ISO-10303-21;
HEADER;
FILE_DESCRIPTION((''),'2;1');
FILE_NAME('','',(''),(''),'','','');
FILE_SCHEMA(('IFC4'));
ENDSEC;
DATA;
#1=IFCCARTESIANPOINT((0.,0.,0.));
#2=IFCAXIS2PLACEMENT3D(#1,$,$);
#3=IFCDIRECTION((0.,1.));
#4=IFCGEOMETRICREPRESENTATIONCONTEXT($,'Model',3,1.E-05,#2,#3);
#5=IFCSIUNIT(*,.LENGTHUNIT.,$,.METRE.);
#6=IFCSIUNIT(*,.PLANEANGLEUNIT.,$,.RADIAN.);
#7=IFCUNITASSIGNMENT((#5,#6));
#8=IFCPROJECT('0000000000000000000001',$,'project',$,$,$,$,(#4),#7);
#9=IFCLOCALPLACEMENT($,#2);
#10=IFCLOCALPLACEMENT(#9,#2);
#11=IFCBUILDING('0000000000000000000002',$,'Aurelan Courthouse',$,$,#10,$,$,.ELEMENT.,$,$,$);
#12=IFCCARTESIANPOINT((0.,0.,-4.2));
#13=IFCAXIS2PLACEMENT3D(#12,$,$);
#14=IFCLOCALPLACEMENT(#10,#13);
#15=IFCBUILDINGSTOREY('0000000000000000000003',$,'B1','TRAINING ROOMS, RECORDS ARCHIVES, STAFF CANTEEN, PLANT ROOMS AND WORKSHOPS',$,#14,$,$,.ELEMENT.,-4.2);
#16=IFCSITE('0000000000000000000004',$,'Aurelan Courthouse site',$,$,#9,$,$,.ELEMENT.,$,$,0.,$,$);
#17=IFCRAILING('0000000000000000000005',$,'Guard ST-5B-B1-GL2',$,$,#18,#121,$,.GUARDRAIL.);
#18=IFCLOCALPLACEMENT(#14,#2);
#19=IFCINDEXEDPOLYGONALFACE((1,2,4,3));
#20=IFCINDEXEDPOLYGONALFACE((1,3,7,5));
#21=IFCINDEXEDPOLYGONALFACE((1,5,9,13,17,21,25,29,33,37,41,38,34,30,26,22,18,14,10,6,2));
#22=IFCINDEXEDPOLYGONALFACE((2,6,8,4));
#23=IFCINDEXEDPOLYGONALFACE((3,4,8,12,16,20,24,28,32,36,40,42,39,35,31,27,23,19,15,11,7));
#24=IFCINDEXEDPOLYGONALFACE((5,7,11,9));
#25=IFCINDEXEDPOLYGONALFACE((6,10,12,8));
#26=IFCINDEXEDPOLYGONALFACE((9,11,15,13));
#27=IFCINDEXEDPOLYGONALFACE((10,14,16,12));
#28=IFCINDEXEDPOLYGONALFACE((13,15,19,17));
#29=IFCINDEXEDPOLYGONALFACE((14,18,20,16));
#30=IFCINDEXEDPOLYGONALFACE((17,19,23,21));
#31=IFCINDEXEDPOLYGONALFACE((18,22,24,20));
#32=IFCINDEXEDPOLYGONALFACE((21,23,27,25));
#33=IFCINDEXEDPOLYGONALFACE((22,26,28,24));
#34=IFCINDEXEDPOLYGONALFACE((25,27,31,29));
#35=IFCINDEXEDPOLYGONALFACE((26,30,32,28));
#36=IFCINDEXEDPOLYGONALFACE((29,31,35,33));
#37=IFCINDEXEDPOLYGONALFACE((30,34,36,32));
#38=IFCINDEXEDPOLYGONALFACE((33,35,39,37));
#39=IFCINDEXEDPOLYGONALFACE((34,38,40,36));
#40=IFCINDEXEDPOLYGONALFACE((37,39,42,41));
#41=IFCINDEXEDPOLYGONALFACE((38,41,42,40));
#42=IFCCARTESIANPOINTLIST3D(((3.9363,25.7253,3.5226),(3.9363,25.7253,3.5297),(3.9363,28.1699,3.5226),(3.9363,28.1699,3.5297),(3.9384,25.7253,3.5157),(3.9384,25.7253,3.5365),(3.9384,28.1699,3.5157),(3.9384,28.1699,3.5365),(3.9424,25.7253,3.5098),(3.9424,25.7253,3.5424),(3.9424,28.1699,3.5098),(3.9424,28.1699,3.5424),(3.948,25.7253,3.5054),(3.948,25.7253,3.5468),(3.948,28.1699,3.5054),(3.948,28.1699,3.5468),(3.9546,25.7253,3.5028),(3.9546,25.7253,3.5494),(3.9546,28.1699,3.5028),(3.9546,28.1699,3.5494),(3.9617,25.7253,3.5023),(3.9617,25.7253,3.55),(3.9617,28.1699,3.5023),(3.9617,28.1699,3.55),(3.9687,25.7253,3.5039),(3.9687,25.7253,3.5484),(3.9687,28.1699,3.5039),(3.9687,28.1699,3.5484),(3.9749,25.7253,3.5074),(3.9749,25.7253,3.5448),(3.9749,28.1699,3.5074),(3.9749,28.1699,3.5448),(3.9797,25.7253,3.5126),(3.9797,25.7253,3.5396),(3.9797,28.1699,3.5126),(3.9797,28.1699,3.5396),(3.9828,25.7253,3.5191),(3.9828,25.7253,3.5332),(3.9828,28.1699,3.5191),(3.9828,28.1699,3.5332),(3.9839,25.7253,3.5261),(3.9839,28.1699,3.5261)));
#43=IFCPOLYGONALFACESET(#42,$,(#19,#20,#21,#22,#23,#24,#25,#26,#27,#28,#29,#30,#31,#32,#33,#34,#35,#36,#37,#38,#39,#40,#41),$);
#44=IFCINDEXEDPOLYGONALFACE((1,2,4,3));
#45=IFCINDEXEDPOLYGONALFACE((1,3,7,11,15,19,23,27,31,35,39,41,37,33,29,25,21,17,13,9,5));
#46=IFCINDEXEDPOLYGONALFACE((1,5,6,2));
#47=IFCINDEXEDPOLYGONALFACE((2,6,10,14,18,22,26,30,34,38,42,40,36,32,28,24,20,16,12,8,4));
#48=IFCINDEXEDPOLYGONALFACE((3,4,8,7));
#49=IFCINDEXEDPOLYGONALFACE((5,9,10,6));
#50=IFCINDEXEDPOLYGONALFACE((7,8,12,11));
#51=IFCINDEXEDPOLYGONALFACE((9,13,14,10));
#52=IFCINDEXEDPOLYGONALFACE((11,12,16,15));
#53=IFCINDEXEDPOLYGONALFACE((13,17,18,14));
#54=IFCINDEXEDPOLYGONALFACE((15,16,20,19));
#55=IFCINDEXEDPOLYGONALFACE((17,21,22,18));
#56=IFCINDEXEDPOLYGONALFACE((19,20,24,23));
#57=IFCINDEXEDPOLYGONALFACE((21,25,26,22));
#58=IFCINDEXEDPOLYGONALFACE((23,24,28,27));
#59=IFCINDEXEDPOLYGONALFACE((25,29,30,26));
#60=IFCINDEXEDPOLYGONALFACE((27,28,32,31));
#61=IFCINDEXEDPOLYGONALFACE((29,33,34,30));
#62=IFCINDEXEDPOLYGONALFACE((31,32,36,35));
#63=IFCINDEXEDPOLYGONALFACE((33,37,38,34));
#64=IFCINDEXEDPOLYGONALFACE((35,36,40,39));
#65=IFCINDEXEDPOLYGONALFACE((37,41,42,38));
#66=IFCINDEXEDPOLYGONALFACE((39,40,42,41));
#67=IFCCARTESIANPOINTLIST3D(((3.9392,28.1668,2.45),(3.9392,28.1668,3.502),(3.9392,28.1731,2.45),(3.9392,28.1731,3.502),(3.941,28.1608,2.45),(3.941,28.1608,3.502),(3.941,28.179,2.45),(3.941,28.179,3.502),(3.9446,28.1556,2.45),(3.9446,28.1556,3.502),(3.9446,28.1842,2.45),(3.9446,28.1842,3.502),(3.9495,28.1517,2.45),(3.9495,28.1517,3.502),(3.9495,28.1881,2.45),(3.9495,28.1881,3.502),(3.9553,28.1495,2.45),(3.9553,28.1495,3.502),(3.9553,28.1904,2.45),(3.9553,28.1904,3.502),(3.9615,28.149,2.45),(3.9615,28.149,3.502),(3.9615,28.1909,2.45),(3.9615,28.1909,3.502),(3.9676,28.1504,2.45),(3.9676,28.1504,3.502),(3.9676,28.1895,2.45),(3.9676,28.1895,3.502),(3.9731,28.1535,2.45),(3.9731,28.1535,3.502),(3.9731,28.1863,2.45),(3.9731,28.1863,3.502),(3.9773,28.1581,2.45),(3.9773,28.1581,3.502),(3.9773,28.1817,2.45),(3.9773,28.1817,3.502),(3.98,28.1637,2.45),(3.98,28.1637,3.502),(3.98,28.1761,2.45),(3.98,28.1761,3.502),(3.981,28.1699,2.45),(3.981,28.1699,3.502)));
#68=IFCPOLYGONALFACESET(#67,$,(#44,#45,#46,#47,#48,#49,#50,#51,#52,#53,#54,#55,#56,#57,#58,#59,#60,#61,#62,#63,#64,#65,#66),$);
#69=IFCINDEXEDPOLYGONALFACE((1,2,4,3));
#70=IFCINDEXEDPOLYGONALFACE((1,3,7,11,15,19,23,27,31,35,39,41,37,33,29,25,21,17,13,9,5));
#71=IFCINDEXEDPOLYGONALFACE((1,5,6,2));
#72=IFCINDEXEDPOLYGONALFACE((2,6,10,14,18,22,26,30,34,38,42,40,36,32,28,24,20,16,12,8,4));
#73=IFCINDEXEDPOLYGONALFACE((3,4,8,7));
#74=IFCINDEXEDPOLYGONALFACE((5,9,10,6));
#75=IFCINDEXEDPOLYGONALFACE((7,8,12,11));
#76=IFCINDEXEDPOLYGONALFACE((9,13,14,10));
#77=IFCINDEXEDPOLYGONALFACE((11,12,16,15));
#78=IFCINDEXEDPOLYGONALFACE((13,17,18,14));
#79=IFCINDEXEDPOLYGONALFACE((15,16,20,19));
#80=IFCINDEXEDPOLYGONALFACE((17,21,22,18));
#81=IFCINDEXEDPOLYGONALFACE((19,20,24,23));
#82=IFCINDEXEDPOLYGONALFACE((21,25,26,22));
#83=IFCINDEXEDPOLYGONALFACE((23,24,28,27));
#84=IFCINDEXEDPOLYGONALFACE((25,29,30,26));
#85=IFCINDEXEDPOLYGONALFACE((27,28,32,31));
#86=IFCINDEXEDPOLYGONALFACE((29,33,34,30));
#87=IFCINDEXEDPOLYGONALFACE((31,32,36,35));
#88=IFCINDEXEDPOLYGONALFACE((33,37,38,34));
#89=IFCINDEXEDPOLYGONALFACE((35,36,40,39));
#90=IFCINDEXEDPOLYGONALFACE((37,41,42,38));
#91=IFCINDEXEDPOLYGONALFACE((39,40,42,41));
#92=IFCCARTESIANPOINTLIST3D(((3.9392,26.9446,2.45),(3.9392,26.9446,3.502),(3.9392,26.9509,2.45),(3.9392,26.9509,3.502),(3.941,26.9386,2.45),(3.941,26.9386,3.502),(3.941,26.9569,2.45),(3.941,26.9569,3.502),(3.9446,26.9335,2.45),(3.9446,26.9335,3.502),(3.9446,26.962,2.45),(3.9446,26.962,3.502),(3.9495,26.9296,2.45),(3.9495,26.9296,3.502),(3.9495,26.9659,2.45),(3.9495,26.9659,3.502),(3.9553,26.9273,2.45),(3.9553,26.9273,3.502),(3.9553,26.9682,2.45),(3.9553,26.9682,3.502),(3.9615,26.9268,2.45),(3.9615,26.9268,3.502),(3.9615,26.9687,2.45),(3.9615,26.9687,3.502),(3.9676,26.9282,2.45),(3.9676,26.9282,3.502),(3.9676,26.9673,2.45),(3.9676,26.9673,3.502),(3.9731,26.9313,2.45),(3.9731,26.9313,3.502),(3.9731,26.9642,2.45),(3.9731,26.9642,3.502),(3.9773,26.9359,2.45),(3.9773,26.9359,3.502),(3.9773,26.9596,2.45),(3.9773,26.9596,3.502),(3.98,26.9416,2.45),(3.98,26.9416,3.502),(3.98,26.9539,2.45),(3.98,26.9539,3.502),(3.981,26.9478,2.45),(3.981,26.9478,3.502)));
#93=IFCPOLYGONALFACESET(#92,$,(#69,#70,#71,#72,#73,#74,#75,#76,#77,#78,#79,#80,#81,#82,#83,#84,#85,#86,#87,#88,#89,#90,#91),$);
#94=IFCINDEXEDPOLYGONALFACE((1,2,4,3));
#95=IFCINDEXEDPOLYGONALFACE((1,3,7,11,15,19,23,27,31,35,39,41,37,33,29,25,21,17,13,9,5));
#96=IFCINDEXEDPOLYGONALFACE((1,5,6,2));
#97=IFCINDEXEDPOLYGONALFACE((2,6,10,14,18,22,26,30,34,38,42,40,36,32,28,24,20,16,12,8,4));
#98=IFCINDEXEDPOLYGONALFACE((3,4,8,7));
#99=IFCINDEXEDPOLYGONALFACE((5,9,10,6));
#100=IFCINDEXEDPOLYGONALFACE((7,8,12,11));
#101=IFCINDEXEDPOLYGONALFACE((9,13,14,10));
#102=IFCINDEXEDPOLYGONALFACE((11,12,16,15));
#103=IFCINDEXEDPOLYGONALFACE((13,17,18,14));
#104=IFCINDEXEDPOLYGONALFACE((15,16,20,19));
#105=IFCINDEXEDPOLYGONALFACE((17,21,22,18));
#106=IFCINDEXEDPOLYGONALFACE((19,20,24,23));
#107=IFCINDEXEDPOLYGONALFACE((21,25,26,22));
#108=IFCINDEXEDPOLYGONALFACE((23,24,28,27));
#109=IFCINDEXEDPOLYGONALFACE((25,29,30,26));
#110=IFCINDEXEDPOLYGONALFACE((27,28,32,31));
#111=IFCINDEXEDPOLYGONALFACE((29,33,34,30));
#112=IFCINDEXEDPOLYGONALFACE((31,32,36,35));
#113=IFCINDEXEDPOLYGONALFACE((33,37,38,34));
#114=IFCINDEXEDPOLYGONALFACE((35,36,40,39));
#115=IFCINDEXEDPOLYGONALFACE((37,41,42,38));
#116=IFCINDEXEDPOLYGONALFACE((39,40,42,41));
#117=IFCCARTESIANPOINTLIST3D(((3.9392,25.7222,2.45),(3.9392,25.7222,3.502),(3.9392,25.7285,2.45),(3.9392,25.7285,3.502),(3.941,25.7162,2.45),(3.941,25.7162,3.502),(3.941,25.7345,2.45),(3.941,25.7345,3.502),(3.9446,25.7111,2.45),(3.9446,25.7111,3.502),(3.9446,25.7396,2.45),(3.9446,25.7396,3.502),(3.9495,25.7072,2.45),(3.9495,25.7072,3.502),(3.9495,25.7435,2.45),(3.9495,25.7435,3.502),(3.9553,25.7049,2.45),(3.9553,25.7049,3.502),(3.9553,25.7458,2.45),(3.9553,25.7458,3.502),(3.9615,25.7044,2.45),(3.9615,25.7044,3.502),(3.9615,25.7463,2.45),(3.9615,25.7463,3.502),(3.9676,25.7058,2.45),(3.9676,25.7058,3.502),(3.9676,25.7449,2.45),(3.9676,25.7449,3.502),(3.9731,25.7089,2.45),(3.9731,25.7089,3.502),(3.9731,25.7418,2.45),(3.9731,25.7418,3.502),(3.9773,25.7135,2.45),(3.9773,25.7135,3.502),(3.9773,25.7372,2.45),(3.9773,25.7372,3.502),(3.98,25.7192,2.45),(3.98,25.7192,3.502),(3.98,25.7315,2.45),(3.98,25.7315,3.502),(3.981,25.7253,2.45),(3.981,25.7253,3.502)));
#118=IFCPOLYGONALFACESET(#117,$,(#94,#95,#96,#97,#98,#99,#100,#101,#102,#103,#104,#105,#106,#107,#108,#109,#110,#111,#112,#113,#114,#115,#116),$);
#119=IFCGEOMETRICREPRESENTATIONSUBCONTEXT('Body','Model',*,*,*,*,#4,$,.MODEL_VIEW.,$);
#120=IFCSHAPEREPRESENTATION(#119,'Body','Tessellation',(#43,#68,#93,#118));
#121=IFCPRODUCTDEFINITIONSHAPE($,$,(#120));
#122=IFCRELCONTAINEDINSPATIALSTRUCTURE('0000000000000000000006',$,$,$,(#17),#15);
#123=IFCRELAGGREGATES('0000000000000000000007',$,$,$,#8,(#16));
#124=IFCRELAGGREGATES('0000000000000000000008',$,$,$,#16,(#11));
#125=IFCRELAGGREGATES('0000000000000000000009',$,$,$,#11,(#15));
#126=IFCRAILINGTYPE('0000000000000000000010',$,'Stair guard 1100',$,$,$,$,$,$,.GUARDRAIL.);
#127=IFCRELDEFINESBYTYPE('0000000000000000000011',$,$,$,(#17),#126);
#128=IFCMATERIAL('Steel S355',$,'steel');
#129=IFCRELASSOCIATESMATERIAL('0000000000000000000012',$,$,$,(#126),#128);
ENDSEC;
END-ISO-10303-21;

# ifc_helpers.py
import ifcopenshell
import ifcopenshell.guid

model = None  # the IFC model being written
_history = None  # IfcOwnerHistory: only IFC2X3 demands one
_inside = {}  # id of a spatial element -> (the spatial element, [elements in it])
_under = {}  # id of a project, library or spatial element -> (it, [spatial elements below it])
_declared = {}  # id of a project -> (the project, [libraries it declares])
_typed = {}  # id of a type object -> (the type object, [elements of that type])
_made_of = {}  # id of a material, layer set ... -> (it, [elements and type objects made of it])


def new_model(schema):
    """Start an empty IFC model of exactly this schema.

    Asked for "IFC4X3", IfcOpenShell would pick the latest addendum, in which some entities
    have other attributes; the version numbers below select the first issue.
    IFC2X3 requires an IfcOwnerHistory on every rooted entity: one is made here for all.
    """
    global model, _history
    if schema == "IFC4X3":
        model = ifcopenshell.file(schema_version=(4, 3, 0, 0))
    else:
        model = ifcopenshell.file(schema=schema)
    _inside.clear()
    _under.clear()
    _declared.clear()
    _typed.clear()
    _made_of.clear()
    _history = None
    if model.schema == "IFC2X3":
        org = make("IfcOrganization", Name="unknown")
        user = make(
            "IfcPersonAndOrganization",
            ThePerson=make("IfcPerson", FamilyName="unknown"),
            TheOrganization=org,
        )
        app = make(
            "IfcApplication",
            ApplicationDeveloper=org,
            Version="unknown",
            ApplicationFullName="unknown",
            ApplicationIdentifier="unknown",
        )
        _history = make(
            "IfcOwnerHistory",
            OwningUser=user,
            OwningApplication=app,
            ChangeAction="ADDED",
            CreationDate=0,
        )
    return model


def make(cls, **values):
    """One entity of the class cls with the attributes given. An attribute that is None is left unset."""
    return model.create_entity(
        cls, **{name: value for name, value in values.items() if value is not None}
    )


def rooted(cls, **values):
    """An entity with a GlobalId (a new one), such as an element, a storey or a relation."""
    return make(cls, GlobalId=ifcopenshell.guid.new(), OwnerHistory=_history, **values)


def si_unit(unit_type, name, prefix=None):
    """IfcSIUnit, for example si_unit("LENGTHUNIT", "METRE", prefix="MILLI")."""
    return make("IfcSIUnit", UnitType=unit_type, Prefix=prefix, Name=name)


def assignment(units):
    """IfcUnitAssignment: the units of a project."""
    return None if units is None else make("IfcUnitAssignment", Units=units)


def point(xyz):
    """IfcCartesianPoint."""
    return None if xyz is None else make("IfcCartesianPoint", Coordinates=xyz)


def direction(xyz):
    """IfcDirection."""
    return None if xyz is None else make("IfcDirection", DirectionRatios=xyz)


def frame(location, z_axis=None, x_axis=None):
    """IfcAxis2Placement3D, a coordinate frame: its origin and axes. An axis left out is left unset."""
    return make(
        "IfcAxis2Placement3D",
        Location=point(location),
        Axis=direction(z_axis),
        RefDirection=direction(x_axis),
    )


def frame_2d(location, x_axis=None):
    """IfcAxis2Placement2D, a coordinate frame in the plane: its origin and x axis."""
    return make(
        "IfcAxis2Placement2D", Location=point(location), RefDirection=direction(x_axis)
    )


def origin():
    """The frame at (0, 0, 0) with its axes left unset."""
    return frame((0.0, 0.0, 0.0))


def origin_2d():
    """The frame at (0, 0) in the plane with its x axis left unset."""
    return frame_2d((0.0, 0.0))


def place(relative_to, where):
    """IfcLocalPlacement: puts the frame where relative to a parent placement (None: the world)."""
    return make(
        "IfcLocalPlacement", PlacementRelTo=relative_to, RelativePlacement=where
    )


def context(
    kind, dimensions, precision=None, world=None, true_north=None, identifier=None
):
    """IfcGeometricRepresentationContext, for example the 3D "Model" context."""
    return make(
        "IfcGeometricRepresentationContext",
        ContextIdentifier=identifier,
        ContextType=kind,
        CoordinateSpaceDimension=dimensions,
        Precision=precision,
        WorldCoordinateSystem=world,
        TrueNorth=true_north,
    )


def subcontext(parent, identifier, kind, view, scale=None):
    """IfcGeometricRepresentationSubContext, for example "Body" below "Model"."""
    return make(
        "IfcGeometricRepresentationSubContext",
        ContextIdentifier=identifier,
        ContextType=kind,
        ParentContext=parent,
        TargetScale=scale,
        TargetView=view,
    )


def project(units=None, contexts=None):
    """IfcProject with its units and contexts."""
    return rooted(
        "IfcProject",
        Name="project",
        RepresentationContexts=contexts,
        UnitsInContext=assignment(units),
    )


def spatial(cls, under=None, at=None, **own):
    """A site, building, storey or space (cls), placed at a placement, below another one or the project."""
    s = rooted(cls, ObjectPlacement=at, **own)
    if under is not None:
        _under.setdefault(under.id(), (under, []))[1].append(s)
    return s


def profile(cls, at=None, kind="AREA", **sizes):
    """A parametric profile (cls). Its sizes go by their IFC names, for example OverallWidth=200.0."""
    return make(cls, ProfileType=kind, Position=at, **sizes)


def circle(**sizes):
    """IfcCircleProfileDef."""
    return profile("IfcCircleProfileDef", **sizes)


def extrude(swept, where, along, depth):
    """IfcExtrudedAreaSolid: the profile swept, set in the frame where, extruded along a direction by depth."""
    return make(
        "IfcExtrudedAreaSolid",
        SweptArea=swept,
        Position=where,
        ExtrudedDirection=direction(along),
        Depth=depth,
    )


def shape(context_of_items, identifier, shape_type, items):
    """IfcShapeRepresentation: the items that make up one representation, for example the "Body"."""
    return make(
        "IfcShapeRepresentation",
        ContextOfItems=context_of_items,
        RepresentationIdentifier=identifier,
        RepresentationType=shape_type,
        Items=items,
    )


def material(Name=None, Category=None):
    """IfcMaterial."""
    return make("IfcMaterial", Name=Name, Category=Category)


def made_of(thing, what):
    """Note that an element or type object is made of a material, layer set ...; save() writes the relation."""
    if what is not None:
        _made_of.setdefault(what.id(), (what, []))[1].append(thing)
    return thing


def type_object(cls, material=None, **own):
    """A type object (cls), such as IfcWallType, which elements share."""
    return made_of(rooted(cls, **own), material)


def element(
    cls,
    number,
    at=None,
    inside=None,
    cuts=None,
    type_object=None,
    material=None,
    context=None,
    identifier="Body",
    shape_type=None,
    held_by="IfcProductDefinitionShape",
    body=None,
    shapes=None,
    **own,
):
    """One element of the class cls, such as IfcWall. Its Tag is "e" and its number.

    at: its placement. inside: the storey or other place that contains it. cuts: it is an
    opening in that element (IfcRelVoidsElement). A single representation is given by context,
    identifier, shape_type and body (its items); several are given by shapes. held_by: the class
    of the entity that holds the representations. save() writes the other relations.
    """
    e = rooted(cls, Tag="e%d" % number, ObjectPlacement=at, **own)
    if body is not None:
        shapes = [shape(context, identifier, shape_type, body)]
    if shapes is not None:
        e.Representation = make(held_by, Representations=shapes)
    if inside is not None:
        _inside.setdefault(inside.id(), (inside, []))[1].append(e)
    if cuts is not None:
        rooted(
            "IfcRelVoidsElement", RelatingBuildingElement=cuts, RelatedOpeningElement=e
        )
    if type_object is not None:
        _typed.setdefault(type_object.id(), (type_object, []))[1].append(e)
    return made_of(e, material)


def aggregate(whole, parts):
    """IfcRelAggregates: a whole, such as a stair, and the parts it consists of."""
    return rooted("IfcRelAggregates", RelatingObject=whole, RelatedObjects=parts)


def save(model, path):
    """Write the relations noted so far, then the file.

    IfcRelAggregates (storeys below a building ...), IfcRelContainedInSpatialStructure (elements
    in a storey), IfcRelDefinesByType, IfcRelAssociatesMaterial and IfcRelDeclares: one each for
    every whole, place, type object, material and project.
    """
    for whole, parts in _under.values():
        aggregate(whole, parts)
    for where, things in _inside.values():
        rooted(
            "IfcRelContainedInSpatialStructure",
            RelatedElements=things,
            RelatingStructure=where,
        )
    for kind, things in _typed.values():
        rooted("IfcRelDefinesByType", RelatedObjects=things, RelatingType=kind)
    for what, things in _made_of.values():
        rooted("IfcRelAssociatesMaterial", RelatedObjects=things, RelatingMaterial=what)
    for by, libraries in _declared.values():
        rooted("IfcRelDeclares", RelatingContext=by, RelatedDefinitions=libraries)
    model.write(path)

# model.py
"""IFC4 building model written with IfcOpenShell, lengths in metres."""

from ifc_helpers import new_model, si_unit, direction, frame, origin, origin_2d, place, context, subcontext, project, spatial, circle, extrude, material, type_object, element, save


model = new_model("IFC4")

# Units and contexts
model_context = context("Model", 3, precision=1e-05, world=origin(), true_north=direction((0.0, 1.0)))
body_context = subcontext(model_context, "Body", "Model", "MODEL_VIEW")
ifc_project = project(units=[si_unit("LENGTHUNIT", "METRE"), si_unit("PLANEANGLEUNIT", "RADIAN")], contexts=[model_context])

# Site, building, storey
site_placement = place(None, origin())
site = spatial("IfcSite", under=ifc_project, at=site_placement, Name="Aurelan Courthouse site", CompositionType="ELEMENT", RefElevation=0.0)
building_placement = place(site_placement, origin())
building = spatial("IfcBuilding", under=site, at=building_placement, Name="Aurelan Courthouse", CompositionType="ELEMENT")
storey_placement = place(building_placement, frame((0.0, 0.0, -4.2)))
storey = spatial("IfcBuildingStorey", under=building, at=storey_placement, Name="B1", Description="TRAINING ROOMS, RECORDS ARCHIVES, STAFF CANTEEN, PLANT ROOMS AND WORKSHOPS", CompositionType="ELEMENT", Elevation=-4.2)

# Railing
ifc_material_1 = material(Name="Steel S355", Category="steel")
railing_type_1 = type_object("IfcRailingType", Name="Stair guard 1100", PredefinedType="GUARDRAIL", material=ifc_material_1)
railing_1_placement = place(storey_placement, frame((3.96, 28.1699, 2.45)))
element("IfcRailing", 1, at=railing_1_placement, inside=storey, type_object=railing_type_1, Name="Guard ST-5B-B1-GL2", PredefinedType="GUARDRAIL", context=body_context, shape_type="SweptSolid", body=[
    extrude(circle(Radius=0.0239, at=origin_2d()), frame((0.0, 0.0, 1.0762), z_axis=(0.0, -1.0, 0.0), x_axis=(1.0, 0.0, 0.0)), (0.0, 0.0, 1.0), 2.4446),
    extrude(circle(Radius=0.021, at=origin_2d()), origin(), (0.0, 0.0, 1.0), 1.052),
    extrude(circle(Radius=0.021, at=origin_2d()), frame((0.0, -1.2222, 0.0)), (0.0, 0.0, 1.0), 1.052),
    extrude(circle(Radius=0.021, at=origin_2d()), frame((0.0, -2.4446, 0.0)), (0.0, 0.0, 1.0), 1.052),
])

save(model, "model.ifc")
